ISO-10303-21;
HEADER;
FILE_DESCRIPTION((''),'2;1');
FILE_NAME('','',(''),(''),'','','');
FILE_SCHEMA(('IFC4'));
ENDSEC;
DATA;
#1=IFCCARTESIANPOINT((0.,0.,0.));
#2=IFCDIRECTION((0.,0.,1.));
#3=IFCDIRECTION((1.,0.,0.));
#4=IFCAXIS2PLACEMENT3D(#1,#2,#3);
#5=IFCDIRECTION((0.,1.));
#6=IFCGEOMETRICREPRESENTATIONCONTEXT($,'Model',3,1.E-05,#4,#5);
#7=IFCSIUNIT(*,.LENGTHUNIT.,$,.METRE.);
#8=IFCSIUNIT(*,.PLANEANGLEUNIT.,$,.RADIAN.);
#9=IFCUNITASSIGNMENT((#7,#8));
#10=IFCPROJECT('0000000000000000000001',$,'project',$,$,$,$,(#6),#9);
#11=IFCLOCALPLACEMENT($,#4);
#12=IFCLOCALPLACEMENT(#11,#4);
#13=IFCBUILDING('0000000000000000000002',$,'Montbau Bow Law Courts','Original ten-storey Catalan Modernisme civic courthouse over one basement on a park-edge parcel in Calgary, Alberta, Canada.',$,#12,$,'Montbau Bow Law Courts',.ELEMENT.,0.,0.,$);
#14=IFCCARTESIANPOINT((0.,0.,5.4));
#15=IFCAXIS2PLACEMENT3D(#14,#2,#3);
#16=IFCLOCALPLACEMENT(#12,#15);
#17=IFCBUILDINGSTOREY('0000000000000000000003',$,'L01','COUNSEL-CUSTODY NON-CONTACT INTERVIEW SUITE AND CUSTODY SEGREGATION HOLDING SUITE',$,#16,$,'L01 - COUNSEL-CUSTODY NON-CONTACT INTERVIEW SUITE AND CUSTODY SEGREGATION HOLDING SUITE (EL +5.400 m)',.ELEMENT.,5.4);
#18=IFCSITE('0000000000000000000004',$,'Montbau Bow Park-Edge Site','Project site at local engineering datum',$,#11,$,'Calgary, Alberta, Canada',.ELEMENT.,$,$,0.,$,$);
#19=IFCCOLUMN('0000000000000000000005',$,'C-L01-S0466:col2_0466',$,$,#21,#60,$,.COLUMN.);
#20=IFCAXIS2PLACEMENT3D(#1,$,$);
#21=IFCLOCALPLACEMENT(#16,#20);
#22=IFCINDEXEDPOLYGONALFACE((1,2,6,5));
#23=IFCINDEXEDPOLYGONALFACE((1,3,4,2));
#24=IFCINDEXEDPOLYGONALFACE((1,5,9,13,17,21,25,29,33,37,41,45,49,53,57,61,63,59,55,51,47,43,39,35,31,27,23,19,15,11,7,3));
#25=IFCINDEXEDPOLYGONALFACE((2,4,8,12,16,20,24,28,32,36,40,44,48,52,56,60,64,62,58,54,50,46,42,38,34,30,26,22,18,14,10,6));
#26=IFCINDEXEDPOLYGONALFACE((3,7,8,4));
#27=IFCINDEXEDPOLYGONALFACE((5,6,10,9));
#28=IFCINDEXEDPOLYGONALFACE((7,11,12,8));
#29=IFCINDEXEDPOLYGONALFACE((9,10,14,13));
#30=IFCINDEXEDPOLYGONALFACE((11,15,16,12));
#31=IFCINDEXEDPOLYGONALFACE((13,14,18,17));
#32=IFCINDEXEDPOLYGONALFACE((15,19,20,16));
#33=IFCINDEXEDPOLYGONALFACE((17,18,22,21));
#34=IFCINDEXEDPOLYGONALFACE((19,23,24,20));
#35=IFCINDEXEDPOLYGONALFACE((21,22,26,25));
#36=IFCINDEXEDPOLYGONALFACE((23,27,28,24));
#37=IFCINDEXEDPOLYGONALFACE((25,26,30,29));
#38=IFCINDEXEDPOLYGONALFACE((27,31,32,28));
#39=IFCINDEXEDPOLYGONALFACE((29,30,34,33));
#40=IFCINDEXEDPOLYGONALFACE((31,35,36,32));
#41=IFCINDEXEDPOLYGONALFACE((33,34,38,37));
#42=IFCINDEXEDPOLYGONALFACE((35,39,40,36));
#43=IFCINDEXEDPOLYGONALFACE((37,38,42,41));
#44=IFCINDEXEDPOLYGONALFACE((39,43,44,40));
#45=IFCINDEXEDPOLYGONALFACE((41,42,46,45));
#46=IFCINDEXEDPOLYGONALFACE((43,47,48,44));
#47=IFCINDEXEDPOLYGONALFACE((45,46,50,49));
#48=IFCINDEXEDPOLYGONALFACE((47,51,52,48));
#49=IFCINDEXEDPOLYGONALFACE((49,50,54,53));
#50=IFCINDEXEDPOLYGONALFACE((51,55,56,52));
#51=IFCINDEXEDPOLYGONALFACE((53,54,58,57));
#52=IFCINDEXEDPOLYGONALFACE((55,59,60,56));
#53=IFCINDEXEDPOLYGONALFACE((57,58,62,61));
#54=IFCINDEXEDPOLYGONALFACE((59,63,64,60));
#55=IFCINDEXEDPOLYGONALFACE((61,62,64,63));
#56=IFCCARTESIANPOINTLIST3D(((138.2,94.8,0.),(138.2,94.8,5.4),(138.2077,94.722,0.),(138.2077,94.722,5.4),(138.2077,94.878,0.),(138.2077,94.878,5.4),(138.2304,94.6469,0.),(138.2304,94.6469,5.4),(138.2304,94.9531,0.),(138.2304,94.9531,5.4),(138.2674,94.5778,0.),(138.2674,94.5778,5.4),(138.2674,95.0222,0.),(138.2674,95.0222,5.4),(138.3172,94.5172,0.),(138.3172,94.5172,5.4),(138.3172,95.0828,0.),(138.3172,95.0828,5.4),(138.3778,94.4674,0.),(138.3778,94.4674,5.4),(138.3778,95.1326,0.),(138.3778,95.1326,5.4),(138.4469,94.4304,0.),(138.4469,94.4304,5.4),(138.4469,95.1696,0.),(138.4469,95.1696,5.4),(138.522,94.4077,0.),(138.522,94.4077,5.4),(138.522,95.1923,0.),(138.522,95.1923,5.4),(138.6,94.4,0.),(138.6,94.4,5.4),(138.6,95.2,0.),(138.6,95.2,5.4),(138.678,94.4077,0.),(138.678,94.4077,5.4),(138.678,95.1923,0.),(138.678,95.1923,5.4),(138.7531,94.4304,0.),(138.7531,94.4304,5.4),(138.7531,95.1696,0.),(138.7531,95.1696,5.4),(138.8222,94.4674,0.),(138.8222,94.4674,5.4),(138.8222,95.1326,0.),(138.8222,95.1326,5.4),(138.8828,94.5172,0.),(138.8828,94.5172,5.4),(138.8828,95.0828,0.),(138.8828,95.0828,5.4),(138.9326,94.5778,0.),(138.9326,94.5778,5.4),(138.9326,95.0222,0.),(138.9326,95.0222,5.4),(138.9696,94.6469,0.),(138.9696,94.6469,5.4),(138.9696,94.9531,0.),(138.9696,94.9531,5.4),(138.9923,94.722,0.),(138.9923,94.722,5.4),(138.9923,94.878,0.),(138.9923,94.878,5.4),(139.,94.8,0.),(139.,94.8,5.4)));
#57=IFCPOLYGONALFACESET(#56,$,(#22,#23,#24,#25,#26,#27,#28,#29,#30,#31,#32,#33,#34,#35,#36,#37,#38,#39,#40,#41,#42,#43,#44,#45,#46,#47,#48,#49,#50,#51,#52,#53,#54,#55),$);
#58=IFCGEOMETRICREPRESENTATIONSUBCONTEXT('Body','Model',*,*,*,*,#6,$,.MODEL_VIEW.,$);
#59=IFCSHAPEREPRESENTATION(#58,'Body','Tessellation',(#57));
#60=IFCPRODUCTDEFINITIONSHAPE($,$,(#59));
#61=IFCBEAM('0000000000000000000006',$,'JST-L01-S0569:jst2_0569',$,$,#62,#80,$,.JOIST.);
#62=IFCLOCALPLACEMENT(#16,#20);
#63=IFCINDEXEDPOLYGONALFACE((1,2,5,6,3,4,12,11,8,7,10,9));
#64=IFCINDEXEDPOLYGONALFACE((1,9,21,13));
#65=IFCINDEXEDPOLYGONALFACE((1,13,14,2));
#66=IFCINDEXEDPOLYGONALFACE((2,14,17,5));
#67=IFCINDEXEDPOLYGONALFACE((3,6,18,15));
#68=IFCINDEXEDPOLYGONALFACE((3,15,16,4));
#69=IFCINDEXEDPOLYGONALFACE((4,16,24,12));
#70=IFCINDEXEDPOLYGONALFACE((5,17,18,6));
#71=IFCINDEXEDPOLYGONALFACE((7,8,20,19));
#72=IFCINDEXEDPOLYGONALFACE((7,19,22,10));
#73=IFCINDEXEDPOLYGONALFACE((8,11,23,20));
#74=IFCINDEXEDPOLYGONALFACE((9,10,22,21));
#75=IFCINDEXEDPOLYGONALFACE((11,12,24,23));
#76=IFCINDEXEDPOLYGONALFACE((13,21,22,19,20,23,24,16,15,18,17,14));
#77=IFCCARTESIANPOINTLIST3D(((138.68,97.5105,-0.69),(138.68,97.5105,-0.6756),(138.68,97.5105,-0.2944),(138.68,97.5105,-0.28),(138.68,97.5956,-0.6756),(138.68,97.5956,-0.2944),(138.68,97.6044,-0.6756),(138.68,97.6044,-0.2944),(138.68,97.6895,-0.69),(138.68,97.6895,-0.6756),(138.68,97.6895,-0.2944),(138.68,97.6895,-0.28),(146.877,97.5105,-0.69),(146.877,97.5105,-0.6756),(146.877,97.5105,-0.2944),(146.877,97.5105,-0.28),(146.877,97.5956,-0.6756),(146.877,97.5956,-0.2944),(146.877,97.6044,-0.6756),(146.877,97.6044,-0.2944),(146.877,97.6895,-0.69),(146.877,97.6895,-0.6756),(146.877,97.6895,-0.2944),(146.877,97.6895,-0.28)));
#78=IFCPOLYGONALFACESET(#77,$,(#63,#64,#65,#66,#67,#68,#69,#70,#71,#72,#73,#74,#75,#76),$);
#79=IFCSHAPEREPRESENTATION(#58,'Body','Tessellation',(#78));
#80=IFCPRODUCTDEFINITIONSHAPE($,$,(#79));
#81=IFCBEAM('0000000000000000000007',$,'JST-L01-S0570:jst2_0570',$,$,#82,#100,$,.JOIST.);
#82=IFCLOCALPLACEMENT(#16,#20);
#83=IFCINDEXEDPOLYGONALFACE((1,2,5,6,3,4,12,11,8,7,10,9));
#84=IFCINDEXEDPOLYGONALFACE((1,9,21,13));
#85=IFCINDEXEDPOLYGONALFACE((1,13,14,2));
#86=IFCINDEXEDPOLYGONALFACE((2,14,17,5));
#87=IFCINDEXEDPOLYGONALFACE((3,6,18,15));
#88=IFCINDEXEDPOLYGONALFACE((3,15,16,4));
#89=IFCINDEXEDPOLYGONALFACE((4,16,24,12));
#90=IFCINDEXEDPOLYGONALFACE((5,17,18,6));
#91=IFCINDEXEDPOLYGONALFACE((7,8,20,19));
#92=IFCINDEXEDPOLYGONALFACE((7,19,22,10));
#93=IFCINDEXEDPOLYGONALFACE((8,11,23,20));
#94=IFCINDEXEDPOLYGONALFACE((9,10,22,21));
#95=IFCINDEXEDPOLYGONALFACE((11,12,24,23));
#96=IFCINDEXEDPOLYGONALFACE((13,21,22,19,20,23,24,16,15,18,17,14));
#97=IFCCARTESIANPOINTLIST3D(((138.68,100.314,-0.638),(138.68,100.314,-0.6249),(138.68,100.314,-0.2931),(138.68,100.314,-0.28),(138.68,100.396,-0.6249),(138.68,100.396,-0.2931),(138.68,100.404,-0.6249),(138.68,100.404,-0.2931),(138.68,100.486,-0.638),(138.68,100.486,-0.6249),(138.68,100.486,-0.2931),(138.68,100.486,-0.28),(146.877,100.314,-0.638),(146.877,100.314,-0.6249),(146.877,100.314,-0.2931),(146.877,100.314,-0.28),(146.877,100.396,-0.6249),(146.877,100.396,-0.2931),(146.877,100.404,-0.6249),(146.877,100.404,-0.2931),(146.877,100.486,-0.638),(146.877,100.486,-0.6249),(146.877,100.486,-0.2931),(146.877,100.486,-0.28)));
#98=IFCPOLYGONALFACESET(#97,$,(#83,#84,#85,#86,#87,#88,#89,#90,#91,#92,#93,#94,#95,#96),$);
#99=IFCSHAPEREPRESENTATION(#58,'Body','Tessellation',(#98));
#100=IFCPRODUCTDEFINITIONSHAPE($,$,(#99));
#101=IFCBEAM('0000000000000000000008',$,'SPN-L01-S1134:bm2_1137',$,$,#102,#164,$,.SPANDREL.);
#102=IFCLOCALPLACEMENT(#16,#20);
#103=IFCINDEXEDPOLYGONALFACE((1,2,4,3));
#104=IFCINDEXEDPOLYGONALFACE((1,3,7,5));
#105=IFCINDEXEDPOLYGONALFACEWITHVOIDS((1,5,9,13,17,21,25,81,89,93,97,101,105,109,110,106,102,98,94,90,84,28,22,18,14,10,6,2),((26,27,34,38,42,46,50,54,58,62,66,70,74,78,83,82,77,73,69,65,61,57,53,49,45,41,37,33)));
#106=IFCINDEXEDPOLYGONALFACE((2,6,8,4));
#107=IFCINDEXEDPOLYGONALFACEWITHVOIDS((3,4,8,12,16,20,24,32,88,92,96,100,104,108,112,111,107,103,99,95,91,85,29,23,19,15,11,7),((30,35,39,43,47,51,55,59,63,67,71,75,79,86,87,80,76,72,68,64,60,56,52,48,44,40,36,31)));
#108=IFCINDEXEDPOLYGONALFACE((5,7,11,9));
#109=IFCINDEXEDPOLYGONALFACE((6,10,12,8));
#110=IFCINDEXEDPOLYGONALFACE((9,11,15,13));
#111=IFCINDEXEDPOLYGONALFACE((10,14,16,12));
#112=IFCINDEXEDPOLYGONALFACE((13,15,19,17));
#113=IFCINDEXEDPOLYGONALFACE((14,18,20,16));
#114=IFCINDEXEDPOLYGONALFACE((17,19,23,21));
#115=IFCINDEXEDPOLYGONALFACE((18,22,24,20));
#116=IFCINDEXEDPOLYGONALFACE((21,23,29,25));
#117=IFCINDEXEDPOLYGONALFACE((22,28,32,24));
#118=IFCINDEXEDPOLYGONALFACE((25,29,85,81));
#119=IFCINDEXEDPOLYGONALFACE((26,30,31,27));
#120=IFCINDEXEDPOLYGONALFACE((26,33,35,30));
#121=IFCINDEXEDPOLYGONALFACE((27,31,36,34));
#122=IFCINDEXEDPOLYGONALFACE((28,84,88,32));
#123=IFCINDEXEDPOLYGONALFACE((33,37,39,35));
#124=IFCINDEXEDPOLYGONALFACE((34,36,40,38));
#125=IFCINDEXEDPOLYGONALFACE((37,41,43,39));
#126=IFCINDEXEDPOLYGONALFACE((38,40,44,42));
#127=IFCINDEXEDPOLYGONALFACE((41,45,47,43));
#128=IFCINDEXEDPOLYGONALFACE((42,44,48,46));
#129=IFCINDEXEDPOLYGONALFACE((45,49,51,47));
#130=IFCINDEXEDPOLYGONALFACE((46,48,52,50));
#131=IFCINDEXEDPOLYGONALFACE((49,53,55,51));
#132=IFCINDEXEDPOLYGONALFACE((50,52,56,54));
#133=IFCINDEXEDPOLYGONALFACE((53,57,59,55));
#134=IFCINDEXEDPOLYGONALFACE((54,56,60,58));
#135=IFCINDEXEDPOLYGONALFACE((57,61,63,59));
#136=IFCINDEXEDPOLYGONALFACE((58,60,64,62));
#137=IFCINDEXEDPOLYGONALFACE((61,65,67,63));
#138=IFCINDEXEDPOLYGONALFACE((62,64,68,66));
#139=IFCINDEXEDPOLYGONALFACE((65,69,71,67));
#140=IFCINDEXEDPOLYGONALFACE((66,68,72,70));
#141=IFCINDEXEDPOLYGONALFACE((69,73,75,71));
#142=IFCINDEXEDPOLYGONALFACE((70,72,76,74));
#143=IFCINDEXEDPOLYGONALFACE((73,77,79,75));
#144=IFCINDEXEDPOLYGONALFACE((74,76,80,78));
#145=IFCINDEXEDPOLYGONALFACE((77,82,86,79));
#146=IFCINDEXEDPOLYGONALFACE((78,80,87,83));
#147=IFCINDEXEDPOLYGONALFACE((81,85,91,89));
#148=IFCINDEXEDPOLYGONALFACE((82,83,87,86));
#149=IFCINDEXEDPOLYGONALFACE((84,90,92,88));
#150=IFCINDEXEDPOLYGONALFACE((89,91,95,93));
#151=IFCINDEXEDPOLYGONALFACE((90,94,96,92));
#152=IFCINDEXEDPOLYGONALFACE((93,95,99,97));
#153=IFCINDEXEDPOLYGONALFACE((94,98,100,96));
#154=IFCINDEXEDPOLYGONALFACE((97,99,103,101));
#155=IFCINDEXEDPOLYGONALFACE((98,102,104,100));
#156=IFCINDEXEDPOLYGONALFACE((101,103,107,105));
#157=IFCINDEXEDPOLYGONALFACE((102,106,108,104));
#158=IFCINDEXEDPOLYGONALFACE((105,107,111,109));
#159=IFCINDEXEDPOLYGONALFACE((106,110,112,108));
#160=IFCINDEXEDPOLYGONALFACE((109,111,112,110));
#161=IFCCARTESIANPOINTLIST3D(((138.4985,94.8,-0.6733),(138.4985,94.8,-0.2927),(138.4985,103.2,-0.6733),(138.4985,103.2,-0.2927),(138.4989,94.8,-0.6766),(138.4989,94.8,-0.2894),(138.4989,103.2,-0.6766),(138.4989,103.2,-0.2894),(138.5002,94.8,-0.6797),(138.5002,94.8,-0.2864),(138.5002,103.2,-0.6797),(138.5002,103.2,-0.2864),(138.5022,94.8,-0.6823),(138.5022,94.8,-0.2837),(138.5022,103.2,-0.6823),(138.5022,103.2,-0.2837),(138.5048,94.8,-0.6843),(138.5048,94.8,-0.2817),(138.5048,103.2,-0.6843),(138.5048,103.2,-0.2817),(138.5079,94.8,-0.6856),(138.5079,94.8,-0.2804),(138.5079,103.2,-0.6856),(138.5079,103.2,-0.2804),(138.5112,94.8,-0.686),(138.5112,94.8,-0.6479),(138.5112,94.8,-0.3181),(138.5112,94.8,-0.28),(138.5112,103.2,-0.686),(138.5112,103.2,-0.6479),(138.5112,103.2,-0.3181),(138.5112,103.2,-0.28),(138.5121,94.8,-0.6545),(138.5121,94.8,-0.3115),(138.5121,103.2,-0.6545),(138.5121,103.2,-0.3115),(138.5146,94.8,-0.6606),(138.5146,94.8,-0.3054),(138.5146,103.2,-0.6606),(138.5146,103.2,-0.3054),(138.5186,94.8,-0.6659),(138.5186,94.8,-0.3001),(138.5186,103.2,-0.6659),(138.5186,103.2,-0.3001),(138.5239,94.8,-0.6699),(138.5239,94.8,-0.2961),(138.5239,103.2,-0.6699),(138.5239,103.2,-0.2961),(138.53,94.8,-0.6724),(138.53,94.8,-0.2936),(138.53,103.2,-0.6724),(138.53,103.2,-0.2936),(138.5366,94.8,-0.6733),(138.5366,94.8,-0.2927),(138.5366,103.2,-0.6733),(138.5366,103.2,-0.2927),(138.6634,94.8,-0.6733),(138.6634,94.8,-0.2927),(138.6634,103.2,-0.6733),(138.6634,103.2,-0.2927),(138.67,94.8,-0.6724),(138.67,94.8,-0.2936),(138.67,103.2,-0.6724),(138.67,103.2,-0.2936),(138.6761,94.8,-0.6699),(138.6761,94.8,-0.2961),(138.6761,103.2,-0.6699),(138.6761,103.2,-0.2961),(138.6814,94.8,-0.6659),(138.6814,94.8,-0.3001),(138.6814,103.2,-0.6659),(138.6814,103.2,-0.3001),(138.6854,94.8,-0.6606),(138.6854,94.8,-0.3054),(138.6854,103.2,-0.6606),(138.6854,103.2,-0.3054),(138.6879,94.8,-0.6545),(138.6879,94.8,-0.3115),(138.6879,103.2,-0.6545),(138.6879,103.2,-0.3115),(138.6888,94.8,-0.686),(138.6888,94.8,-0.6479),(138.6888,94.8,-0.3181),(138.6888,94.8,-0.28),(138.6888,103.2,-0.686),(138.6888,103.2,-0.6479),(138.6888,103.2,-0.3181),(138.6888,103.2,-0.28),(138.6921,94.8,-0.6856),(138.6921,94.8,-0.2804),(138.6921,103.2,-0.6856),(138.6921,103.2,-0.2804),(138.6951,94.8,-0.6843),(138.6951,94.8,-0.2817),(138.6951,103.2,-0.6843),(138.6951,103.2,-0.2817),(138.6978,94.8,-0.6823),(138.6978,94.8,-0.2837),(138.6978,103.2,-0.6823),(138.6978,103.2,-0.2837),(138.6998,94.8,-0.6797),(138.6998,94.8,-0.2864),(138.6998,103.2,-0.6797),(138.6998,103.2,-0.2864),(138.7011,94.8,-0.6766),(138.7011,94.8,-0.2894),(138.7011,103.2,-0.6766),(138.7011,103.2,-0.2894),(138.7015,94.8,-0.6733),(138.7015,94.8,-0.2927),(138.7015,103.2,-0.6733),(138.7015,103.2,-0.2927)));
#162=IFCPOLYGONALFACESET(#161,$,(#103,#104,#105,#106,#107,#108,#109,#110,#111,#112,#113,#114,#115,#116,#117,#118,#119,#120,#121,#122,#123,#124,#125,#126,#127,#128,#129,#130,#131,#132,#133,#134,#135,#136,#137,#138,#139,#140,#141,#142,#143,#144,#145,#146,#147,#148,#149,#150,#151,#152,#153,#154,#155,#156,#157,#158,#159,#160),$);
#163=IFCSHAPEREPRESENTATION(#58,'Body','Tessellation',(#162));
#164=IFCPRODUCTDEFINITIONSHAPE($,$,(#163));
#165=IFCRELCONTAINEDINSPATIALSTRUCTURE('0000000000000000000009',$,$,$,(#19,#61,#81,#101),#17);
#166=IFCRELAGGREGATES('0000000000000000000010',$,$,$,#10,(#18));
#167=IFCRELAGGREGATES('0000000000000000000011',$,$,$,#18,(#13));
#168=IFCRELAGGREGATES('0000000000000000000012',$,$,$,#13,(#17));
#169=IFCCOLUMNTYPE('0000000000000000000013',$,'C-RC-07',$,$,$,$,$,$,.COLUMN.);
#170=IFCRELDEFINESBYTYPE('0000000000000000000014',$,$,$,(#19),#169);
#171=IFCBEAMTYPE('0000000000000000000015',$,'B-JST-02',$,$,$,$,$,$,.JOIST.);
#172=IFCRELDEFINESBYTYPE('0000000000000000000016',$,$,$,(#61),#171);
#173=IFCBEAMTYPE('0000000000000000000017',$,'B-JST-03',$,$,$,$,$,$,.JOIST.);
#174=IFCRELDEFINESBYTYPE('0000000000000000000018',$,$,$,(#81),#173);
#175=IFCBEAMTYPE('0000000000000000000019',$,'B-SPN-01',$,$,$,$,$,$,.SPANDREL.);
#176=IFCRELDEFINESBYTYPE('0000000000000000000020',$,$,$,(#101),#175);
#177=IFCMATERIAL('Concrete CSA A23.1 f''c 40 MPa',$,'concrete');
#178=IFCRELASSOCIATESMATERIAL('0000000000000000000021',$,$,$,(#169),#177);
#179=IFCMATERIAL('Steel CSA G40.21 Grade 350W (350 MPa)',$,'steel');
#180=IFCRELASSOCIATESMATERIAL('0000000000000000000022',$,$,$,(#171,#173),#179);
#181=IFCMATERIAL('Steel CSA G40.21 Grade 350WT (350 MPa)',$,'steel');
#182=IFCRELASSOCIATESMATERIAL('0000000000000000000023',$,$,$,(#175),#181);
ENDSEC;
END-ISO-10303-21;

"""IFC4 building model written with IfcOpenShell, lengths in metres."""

from ifc_helpers import new_model, si_unit, direction, frame, origin_with_axes, origin_2d_with_axis, place, context, subcontext, project, spatial, hollow_rectangle, circle, i_section, extrude, material, material_profile, profile_set, type_object, element, save


model = new_model("IFC4")

# Units and contexts
model_context = context("Model", 3, precision=1e-05, world=origin_with_axes(), true_north=direction((0.0, 1.0)))
body_context = subcontext(model_context, "Body", "Model", "MODEL_VIEW")
ifc_project = project(units=[si_unit("LENGTHUNIT", "METRE"), si_unit("PLANEANGLEUNIT", "RADIAN")], contexts=[model_context])

# Site, building, storey
site_placement = place(None, origin_with_axes())
site = spatial("IfcSite", under=ifc_project, at=site_placement, Name="Montbau Bow Park-Edge Site", Description="Project site at local engineering datum", LongName="Calgary, Alberta, Canada", CompositionType="ELEMENT", RefElevation=0.0)
building_placement = place(site_placement, origin_with_axes())
building = spatial("IfcBuilding", under=site, at=building_placement, Name="Montbau Bow Law Courts", Description="Original ten-storey Catalan Modernisme civic courthouse over one basement on a park-edge parcel in Calgary, Alberta, Canada.", LongName="Montbau Bow Law Courts", CompositionType="ELEMENT", ElevationOfRefHeight=0.0, ElevationOfTerrain=0.0)
storey_placement = place(building_placement, frame((0.0, 0.0, 5.4), z_axis=(0.0, 0.0, 1.0), x_axis=(1.0, 0.0, 0.0)))
storey = spatial("IfcBuildingStorey", under=building, at=storey_placement, Name="L01", Description="COUNSEL-CUSTODY NON-CONTACT INTERVIEW SUITE AND CUSTODY SEGREGATION HOLDING SUITE", LongName="L01 - COUNSEL-CUSTODY NON-CONTACT INTERVIEW SUITE AND CUSTODY SEGREGATION HOLDING SUITE (EL +5.400 m)", CompositionType="ELEMENT", Elevation=5.4)

# Column
ifc_material_1 = material(Name="Concrete CSA A23.1 f'c 40 MPa", Category="concrete")
ifc_material_profile_1 = material_profile(ifc_material_1, circle(Radius=0.4, at=origin_2d_with_axis()), Name="RC800D", Category="Main", Priority=0)
ifc_profile_set_1 = profile_set([ifc_material_profile_1], Name="Concrete CSA A23.1 f'c 40 MPa")
column_type = type_object("IfcColumnType", Name="C-RC-07", PredefinedType="COLUMN", material=ifc_profile_set_1)
column_placement = place(None, frame((138.6, 94.8, 5.4), z_axis=(0.0, 0.0, 1.0), x_axis=(1.0, 0.0, 0.0)))
element("IfcColumn", 1, at=column_placement, inside=storey, type_object=column_type, Name="C-L01-S0466:col2_0466", PredefinedType="COLUMN", context=body_context, shape_type="SweptSolid", body=[
    extrude(circle(Radius=0.4, at=origin_2d_with_axis()), origin_with_axes(), (0.0, 0.0, 1.0), 5.4),
])

# Beams
ifc_material_2 = material(Name="Steel CSA G40.21 Grade 350W (350 MPa)", Category="steel")
ifc_material_profile_2 = material_profile(ifc_material_2, i_section(OverallWidth=0.179, OverallDepth=0.41, WebThickness=0.0088, FlangeThickness=0.0144, at=origin_2d_with_axis()), Name="W410X67", Category="Main", Priority=0)
ifc_profile_set_2 = profile_set([ifc_material_profile_2], Name="Steel CSA G40.21 Grade 350W (350 MPa)")
beam_type_1 = type_object("IfcBeamType", Name="B-JST-02", PredefinedType="JOIST", material=ifc_profile_set_2)
beam_1_placement = place(None, frame((138.68, 97.6, 4.915), z_axis=(1.0, 0.0, 0.0), x_axis=(0.0, 1.0, 0.0)))
element("IfcBeam", 2, at=beam_1_placement, inside=storey, type_object=beam_type_1, Name="JST-L01-S0569:jst2_0569", PredefinedType="JOIST", context=body_context, shape_type="SweptSolid", body=[
    extrude(i_section(OverallWidth=0.179, OverallDepth=0.41, WebThickness=0.0088, FlangeThickness=0.0144, at=origin_2d_with_axis()), origin_with_axes(), (0.0, 0.0, 1.0), 8.197),
])
ifc_material_profile_3 = material_profile(ifc_material_2, i_section(OverallWidth=0.172, OverallDepth=0.358, WebThickness=0.0079, FlangeThickness=0.0131, at=origin_2d_with_axis()), Name="W360X57", Category="Main", Priority=0)
ifc_profile_set_3 = profile_set([ifc_material_profile_3], Name="Steel CSA G40.21 Grade 350W (350 MPa)")
beam_type_2 = type_object("IfcBeamType", Name="B-JST-03", PredefinedType="JOIST", material=ifc_profile_set_3)
beam_2_placement = place(None, frame((138.68, 100.4, 4.941), z_axis=(1.0, 0.0, 0.0), x_axis=(0.0, 1.0, 0.0)))
element("IfcBeam", 3, at=beam_2_placement, inside=storey, type_object=beam_type_2, Name="JST-L01-S0570:jst2_0570", PredefinedType="JOIST", context=body_context, shape_type="SweptSolid", body=[
    extrude(i_section(OverallWidth=0.172, OverallDepth=0.358, WebThickness=0.0079, FlangeThickness=0.0131, at=origin_2d_with_axis()), origin_with_axes(), (0.0, 0.0, 1.0), 8.197),
])
ifc_material_3 = material(Name="Steel CSA G40.21 Grade 350WT (350 MPa)", Category="steel")
ifc_material_profile_4 = material_profile(ifc_material_3, hollow_rectangle(XDim=0.203, YDim=0.406, WallThickness=0.0127, InnerFilletRadius=0.0254, OuterFilletRadius=0.0127, at=origin_2d_with_axis()), Name="HSS406X203X13", Category="Main", Priority=0)
ifc_profile_set_4 = profile_set([ifc_material_profile_4], Name="Steel CSA G40.21 Grade 350WT (350 MPa)")
beam_type_3 = type_object("IfcBeamType", Name="B-SPN-01", PredefinedType="SPANDREL", material=ifc_profile_set_4)
beam_3_placement = place(None, frame((138.6, 94.8, 4.917), z_axis=(0.0, 1.0, 0.0), x_axis=(-1.0, 0.0, 0.0)))
element("IfcBeam", 4, at=beam_3_placement, inside=storey, type_object=beam_type_3, Name="SPN-L01-S1134:bm2_1137", PredefinedType="SPANDREL", context=body_context, shape_type="SweptSolid", body=[
    extrude(hollow_rectangle(XDim=0.203, YDim=0.406, WallThickness=0.0127, InnerFilletRadius=0.0254, OuterFilletRadius=0.0127, at=origin_2d_with_axis()), origin_with_axes(), (0.0, 0.0, 1.0), 8.4),
])

save(model, "model.ifc")
